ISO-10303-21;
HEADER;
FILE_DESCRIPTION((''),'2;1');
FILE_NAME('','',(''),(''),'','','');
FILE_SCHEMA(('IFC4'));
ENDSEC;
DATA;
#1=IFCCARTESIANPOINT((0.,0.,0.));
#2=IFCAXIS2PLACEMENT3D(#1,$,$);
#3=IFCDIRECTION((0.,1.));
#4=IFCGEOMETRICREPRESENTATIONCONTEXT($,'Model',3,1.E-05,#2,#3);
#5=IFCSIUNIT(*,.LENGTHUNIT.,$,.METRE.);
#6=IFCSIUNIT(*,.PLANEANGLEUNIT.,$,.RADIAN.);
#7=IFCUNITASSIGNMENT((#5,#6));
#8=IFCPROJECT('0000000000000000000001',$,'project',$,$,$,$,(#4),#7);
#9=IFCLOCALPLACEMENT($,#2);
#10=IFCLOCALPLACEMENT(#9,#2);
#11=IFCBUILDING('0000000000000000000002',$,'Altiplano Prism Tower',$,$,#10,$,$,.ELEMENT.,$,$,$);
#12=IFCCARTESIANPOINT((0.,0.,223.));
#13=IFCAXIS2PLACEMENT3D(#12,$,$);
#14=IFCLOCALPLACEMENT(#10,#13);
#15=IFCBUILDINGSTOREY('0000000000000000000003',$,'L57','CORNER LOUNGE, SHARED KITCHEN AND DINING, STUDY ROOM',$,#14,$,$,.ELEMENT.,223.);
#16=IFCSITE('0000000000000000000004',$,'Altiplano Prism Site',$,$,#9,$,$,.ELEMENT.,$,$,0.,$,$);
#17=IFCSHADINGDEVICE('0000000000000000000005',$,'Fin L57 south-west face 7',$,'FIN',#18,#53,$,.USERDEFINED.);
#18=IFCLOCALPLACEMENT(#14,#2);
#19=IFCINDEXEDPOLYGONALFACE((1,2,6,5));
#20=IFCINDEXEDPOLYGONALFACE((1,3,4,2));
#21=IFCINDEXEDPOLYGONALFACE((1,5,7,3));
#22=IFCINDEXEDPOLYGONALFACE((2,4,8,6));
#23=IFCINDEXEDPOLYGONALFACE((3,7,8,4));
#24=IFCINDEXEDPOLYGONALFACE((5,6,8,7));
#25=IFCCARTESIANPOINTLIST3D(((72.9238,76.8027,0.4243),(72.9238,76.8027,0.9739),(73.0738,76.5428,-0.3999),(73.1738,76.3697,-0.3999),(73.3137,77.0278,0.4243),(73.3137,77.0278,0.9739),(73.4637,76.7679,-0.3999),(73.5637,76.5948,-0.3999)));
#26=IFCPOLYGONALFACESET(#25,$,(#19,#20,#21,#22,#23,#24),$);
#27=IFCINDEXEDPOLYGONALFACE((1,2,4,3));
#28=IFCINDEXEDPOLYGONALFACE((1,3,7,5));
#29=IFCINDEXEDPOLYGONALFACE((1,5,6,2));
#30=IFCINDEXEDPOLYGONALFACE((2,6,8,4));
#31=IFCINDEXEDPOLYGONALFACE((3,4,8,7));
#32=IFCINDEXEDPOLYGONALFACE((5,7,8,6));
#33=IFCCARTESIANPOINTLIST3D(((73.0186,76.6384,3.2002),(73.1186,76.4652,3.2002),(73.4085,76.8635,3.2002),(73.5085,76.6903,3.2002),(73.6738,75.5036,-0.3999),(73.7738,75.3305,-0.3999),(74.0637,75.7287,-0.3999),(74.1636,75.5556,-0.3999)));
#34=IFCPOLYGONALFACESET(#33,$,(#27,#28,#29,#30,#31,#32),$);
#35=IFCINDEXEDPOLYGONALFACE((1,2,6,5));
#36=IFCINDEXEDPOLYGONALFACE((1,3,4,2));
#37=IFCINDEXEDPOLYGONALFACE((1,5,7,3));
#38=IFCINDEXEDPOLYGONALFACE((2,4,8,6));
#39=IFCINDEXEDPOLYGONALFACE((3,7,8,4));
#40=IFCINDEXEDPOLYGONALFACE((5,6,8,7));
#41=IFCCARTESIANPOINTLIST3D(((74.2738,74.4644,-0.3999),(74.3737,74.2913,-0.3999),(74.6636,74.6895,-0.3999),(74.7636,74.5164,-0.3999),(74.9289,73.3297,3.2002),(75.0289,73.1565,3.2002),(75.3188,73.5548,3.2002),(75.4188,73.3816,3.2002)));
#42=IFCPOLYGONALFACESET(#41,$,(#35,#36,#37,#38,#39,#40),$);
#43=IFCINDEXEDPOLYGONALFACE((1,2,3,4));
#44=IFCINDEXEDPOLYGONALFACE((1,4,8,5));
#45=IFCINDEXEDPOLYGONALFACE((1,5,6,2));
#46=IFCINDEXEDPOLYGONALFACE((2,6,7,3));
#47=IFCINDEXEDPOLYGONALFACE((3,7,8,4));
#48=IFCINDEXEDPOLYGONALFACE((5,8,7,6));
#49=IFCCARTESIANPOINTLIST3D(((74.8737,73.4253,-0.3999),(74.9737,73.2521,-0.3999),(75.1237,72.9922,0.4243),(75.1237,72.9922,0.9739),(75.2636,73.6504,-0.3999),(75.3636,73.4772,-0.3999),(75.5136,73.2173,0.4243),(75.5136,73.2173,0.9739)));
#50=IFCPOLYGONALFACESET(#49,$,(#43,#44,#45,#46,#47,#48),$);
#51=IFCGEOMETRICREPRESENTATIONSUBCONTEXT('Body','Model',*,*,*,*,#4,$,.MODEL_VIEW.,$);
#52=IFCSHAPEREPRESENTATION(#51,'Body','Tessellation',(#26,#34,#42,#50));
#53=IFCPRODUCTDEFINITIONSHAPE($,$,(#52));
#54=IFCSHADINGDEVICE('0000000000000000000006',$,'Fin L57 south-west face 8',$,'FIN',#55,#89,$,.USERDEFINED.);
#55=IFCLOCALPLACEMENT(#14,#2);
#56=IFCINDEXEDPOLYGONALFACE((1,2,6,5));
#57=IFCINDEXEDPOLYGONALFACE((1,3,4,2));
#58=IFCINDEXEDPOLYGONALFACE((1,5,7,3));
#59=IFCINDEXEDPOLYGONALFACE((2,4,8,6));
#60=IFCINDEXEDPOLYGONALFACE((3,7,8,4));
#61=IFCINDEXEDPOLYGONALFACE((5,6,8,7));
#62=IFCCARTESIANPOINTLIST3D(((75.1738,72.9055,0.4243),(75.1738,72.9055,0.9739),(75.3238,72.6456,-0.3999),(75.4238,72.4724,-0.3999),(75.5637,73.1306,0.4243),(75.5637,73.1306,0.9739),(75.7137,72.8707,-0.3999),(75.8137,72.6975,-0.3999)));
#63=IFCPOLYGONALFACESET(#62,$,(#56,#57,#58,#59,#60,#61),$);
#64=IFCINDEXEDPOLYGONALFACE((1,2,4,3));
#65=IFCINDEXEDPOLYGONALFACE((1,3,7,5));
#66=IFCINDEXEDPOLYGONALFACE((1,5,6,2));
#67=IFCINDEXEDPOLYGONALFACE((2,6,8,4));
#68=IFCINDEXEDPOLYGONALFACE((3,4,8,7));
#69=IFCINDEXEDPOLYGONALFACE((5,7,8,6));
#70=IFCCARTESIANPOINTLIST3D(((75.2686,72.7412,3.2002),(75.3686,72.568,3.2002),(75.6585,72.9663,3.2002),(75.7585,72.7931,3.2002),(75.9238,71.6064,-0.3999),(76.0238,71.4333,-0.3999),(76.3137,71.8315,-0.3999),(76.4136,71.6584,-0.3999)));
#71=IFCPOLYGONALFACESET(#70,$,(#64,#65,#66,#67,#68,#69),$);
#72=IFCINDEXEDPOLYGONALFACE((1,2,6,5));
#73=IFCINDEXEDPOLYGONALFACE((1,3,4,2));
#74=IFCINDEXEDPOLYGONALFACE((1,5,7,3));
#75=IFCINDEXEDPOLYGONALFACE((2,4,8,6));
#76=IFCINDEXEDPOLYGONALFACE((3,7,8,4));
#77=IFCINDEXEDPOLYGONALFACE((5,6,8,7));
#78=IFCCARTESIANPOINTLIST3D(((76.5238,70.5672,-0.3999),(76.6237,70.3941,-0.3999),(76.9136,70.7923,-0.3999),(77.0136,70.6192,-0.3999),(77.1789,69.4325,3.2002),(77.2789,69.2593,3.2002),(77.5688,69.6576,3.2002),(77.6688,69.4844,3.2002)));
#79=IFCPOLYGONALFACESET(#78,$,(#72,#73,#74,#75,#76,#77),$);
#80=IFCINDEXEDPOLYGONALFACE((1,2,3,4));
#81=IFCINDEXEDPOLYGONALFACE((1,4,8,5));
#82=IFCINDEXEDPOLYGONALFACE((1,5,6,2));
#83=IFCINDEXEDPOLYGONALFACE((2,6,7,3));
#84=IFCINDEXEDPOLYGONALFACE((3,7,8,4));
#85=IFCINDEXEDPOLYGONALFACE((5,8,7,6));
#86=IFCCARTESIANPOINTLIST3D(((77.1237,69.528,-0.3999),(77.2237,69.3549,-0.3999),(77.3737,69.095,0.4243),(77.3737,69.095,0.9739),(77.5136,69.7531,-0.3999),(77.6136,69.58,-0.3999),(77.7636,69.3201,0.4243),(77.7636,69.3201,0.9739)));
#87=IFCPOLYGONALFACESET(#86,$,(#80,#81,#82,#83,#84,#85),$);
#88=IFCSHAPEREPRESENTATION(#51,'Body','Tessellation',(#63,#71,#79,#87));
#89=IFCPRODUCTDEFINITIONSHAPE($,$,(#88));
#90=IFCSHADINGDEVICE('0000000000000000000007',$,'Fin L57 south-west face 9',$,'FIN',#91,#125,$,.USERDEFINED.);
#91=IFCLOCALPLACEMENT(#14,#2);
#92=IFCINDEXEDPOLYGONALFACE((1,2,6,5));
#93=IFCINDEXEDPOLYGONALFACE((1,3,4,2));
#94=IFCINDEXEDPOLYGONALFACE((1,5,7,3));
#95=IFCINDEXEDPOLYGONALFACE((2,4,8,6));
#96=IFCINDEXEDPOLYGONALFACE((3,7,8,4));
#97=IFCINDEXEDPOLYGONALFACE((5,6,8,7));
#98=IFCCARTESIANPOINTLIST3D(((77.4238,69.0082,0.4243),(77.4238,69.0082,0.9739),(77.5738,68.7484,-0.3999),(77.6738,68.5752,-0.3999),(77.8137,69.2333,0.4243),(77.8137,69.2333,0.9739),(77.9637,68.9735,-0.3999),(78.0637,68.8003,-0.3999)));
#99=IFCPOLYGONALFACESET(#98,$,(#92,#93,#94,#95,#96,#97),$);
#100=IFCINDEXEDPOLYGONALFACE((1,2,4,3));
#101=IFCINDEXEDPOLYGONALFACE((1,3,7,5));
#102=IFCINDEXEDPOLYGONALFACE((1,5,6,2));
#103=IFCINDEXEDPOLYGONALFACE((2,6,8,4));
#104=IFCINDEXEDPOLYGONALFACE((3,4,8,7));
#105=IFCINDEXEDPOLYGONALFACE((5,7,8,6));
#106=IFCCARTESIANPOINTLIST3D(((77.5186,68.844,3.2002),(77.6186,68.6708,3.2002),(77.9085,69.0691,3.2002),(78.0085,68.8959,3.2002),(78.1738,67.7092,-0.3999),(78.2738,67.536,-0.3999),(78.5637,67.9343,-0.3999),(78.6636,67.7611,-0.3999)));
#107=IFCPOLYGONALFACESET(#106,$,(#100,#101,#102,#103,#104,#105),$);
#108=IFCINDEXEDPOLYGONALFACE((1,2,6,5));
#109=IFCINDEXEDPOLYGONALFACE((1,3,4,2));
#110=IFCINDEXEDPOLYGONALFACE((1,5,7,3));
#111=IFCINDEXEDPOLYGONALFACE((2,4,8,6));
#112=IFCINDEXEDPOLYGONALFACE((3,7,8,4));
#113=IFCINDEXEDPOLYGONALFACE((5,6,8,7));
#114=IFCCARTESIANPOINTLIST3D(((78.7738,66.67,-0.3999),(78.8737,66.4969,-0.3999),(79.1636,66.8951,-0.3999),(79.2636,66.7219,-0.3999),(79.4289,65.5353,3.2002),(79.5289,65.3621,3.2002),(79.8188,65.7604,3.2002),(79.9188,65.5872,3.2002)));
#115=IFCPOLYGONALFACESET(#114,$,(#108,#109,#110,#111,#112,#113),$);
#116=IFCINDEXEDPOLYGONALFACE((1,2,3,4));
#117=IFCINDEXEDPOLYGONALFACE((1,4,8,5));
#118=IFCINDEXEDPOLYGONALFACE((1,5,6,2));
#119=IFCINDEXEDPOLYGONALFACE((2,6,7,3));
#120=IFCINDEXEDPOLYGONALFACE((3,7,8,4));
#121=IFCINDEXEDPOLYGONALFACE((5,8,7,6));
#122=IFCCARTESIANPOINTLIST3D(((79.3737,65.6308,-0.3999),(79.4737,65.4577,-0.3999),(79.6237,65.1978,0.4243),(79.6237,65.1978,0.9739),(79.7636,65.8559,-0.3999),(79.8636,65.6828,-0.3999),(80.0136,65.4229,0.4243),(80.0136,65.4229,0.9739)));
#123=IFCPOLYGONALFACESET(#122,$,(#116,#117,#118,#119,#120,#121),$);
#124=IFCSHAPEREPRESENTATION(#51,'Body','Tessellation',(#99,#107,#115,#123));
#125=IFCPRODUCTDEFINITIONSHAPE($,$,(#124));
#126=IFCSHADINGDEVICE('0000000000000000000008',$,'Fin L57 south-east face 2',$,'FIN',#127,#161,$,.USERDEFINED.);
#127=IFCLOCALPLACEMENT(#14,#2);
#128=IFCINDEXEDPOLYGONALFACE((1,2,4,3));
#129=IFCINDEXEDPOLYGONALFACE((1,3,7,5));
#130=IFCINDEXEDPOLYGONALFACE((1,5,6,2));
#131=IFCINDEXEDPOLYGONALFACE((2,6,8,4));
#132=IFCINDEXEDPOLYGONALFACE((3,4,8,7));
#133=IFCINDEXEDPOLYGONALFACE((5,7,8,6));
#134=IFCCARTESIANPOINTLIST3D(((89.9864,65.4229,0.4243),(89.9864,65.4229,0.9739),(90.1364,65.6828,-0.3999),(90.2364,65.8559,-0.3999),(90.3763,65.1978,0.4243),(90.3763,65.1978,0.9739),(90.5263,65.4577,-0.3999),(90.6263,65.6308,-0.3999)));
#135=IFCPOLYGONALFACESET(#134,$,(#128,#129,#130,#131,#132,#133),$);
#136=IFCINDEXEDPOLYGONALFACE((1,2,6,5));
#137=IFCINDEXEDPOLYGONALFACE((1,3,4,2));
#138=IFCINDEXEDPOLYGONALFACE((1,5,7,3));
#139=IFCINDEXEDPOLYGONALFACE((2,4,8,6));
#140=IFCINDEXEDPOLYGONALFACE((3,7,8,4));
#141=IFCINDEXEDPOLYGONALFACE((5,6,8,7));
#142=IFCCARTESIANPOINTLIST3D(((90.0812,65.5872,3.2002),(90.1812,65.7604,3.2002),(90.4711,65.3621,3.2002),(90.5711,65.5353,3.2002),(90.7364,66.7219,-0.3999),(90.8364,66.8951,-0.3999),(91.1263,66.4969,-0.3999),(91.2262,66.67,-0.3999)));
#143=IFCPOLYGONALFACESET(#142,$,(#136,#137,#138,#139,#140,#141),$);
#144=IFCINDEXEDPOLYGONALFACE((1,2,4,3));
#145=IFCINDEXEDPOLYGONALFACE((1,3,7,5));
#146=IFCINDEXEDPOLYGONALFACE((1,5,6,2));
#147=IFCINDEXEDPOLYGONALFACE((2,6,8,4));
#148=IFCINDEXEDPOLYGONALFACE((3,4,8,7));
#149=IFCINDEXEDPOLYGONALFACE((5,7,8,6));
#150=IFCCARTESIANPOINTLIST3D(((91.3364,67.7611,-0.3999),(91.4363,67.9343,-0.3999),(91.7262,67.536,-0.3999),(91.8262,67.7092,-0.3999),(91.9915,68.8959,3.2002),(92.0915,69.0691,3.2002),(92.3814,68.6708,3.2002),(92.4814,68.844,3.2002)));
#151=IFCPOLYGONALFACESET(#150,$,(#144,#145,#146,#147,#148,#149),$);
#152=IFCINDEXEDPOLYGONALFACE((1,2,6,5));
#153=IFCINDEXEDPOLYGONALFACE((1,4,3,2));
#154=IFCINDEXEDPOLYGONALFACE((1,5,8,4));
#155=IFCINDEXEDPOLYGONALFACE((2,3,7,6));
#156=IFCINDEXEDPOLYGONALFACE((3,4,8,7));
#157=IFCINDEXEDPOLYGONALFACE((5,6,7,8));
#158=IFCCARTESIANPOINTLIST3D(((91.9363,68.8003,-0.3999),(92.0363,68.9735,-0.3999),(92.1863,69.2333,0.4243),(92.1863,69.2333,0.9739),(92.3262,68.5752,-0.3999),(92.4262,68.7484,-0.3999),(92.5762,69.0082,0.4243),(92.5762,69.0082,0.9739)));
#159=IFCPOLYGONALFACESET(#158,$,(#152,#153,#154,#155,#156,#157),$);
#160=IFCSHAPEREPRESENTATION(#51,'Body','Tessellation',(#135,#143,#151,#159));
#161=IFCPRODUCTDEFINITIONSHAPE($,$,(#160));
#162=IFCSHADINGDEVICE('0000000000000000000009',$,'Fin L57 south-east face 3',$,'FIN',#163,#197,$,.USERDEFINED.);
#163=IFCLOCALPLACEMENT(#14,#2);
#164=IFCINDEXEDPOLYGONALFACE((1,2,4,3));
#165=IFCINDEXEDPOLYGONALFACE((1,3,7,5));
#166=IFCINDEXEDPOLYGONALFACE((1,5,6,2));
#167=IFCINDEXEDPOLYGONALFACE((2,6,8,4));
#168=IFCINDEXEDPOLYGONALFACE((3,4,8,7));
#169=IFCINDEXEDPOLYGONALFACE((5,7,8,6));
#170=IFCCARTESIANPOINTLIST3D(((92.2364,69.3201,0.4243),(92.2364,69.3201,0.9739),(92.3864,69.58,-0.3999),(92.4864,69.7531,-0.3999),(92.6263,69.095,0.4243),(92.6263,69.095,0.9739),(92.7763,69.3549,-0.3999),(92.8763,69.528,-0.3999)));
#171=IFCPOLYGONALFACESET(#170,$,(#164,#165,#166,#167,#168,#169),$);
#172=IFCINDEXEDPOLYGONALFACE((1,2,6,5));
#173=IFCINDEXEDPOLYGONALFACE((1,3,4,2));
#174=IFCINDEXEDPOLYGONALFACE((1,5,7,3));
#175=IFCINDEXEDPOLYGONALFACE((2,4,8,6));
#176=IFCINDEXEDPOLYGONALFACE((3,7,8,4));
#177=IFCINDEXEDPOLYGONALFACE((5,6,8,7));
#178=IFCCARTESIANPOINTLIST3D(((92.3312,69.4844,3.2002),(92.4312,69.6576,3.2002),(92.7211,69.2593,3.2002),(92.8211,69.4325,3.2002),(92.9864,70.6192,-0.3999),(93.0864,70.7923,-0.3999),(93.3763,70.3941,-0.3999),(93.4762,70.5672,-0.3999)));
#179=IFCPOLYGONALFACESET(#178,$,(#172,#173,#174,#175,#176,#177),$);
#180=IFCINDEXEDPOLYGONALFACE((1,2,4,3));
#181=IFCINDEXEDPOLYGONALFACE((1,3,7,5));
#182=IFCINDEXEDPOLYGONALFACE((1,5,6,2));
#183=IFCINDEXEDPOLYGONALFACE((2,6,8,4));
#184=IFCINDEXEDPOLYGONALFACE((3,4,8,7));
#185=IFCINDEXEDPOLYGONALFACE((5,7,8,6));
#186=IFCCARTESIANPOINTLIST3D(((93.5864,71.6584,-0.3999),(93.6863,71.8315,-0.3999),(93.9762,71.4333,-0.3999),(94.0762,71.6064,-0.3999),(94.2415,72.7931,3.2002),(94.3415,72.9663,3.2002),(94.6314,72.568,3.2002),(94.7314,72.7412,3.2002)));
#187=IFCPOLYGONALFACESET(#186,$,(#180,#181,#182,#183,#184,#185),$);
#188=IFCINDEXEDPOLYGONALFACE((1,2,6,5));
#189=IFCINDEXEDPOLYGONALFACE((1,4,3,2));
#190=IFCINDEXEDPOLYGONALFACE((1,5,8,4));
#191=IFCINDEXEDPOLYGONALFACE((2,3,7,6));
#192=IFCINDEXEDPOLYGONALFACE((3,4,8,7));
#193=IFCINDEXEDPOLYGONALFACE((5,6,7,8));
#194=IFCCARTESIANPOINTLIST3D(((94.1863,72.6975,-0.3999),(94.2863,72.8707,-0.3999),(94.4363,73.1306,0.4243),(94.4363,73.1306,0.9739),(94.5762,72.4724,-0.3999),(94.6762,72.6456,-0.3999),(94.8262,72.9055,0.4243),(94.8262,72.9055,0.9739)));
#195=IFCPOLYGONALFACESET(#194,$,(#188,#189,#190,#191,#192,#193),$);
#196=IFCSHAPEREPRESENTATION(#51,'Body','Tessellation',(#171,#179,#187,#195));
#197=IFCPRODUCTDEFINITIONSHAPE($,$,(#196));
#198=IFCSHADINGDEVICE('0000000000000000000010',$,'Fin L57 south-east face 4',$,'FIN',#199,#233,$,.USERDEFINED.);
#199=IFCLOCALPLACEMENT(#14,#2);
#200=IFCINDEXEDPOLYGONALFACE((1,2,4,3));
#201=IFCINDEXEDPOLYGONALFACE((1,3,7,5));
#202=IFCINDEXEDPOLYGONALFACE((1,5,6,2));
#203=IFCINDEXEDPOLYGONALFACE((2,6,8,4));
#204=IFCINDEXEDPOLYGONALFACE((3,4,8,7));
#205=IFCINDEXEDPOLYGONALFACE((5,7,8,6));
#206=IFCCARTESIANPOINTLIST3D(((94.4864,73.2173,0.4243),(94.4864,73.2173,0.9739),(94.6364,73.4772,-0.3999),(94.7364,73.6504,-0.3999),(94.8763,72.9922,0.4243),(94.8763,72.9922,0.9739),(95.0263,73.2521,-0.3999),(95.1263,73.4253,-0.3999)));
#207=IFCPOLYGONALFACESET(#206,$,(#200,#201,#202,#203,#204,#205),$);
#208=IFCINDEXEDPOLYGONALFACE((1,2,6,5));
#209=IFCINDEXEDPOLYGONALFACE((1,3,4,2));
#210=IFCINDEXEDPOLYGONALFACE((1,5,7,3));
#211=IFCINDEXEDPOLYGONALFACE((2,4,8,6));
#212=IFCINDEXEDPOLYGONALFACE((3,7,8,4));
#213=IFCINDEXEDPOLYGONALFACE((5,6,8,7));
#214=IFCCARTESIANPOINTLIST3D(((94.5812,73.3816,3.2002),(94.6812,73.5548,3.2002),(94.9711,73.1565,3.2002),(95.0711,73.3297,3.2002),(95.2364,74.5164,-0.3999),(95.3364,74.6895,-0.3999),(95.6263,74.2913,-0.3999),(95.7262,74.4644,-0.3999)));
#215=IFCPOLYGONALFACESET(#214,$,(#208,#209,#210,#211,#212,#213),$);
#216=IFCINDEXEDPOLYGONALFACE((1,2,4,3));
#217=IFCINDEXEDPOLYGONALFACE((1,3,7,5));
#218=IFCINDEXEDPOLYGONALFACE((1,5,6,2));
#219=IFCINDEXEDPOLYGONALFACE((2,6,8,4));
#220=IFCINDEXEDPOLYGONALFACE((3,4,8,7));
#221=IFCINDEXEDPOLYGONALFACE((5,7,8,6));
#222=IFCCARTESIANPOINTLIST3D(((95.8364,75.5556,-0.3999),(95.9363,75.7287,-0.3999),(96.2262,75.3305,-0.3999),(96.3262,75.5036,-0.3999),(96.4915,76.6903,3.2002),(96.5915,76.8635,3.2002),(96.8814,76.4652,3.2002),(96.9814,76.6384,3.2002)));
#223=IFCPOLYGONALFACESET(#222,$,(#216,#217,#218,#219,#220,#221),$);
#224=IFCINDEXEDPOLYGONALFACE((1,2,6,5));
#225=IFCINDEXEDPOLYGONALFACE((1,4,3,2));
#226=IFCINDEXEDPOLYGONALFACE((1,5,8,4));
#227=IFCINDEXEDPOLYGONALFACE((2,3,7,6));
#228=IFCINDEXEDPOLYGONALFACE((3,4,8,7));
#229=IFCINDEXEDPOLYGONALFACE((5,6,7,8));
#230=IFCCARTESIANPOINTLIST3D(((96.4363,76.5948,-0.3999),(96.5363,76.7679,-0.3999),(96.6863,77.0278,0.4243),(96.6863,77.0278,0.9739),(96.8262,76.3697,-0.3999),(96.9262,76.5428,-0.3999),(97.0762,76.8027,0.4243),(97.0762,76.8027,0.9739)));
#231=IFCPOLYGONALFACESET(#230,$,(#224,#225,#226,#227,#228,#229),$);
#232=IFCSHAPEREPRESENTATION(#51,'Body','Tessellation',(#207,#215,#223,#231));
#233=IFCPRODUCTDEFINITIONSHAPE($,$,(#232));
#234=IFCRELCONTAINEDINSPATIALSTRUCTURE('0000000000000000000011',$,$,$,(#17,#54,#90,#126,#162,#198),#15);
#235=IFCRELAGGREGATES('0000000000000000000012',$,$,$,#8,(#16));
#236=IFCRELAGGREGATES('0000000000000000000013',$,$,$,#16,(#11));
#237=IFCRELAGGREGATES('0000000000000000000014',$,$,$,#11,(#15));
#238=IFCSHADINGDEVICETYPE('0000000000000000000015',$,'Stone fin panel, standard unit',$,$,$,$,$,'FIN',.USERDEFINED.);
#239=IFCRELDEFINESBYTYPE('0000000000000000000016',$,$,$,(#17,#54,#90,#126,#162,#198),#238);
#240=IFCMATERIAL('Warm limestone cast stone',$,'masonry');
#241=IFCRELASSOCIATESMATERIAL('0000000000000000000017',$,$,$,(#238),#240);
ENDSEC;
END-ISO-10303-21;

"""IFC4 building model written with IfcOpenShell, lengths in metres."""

from ifc_helpers import new_model, si_unit, direction, frame, origin, place, context, subcontext, project, spatial, polyline, outline, extrude, source, transform, mapped, material, type_object, element, save


model = new_model("IFC4")

# Units and contexts
model_context = context("Model", 3, precision=1e-05, world=origin(), true_north=direction((0.0, 1.0)))
body_context = subcontext(model_context, "Body", "Model", "MODEL_VIEW")
ifc_project = project(units=[si_unit("LENGTHUNIT", "METRE"), si_unit("PLANEANGLEUNIT", "RADIAN")], contexts=[model_context])

# Site, building, storey
site_placement = place(None, origin())
site = spatial("IfcSite", under=ifc_project, at=site_placement, Name="Altiplano Prism Site", CompositionType="ELEMENT", RefElevation=0.0)
building_placement = place(site_placement, origin())
building = spatial("IfcBuilding", under=site, at=building_placement, Name="Altiplano Prism Tower", CompositionType="ELEMENT")
storey_placement = place(building_placement, frame((0.0, 0.0, 223.0)))
storey = spatial("IfcBuildingStorey", under=building, at=storey_placement, Name="L57", Description="CORNER LOUNGE, SHARED KITCHEN AND DINING, STUDY ROOM", CompositionType="ELEMENT", Elevation=223.0)

# Shading devices
ifc_material_1 = material(Name="Warm limestone cast stone", Category="masonry")
shading_device_type_1 = type_object("IfcShadingDeviceType", Name="Stone fin panel, standard unit", ElementType="FIN", PredefinedType="USERDEFINED", material=ifc_material_1)
shared_shape_1 = source(origin(), body_context, "Body", "SweptSolid", [
    extrude(outline(polyline([(-2.2, 1.3738), (-2.2, 0.8242), (-1.8999, 0.0), (-1.7, 0.0), (-2.2, 1.3738)])), frame((0.0, -0.1499, 0.0), z_axis=(0.0, -1.0, 0.0), x_axis=(1.0, 0.0, 0.0)), (0.0, 0.0, 1.0), 0.4502),
    extrude(outline(polyline([(-2.0103, 3.6001), (-0.7, 0.0), (-0.5, 0.0), (-1.8103, 3.6001), (-2.0103, 3.6001)])), frame((0.0, -0.1499, 0.0), z_axis=(0.0, -1.0, 0.0), x_axis=(1.0, 0.0, 0.0)), (0.0, 0.0, 1.0), 0.4502),
    extrude(outline(polyline([(1.8103, 3.6001), (0.5, 0.0), (0.7, 0.0), (2.0103, 3.6001), (1.8103, 3.6001)])), frame((0.0, -0.1499, 0.0), z_axis=(0.0, -1.0, 0.0), x_axis=(1.0, 0.0, 0.0)), (0.0, 0.0, 1.0), 0.4502),
    extrude(outline(polyline([(2.2, 0.8242), (2.2, 1.3738), (1.7, 0.0), (1.8999, 0.0), (2.2, 0.8242)])), frame((0.0, -0.1499, 0.0), z_axis=(0.0, -1.0, 0.0), x_axis=(1.0, 0.0, 0.0)), (0.0, 0.0, 1.0), 0.4502),
])
shading_device_1_placement = place(storey_placement, origin())
element("IfcShadingDevice", 1, at=shading_device_1_placement, inside=storey, type_object=shading_device_type_1, Name="Fin L57 south-west face 7", ObjectType="FIN", PredefinedType="USERDEFINED", context=body_context, shape_type="MappedRepresentation", body=[
    mapped(shared_shape_1, transform((74.5435, 75.1975, -0.3999), x_axis=(0.5, -0.866025, 0.0), y_axis=(0.866025, 0.5, 0.0), z_axis=(0.0, 0.0, 1.0))),
])
shading_device_2_placement = place(storey_placement, origin())
element("IfcShadingDevice", 2, at=shading_device_2_placement, inside=storey, type_object=shading_device_type_1, Name="Fin L57 south-west face 8", ObjectType="FIN", PredefinedType="USERDEFINED", context=body_context, shape_type="MappedRepresentation", body=[
    mapped(shared_shape_1, transform((76.7935, 71.3003, -0.3999), x_axis=(0.5, -0.866025, 0.0), y_axis=(0.866025, 0.5, 0.0), z_axis=(0.0, 0.0, 1.0))),
])
shading_device_3_placement = place(storey_placement, origin())
element("IfcShadingDevice", 3, at=shading_device_3_placement, inside=storey, type_object=shading_device_type_1, Name="Fin L57 south-west face 9", ObjectType="FIN", PredefinedType="USERDEFINED", context=body_context, shape_type="MappedRepresentation", body=[
    mapped(shared_shape_1, transform((79.0435, 67.4031, -0.3999), x_axis=(0.5, -0.866025, 0.0), y_axis=(0.866025, 0.5, 0.0), z_axis=(0.0, 0.0, 1.0))),
])
shading_device_4_placement = place(storey_placement, origin())
element("IfcShadingDevice", 4, at=shading_device_4_placement, inside=storey, type_object=shading_device_type_1, Name="Fin L57 south-east face 2", ObjectType="FIN", PredefinedType="USERDEFINED", context=body_context, shape_type="MappedRepresentation", body=[
    mapped(shared_shape_1, transform((90.9565, 67.4031, -0.3999), x_axis=(0.5, 0.866025, 0.0), y_axis=(-0.866025, 0.5, 0.0), z_axis=(0.0, 0.0, 1.0))),
])
shading_device_5_placement = place(storey_placement, origin())
element("IfcShadingDevice", 5, at=shading_device_5_placement, inside=storey, type_object=shading_device_type_1, Name="Fin L57 south-east face 3", ObjectType="FIN", PredefinedType="USERDEFINED", context=body_context, shape_type="MappedRepresentation", body=[
    mapped(shared_shape_1, transform((93.2065, 71.3003, -0.3999), x_axis=(0.5, 0.866025, 0.0), y_axis=(-0.866025, 0.5, 0.0), z_axis=(0.0, 0.0, 1.0))),
])
shading_device_6_placement = place(storey_placement, origin())
element("IfcShadingDevice", 6, at=shading_device_6_placement, inside=storey, type_object=shading_device_type_1, Name="Fin L57 south-east face 4", ObjectType="FIN", PredefinedType="USERDEFINED", context=body_context, shape_type="MappedRepresentation", body=[
    mapped(shared_shape_1, transform((95.4565, 75.1975, -0.3999), x_axis=(0.5, 0.866025, 0.0), y_axis=(-0.866025, 0.5, 0.0), z_axis=(0.0, 0.0, 1.0))),
])

save(model, "model.ifc")
